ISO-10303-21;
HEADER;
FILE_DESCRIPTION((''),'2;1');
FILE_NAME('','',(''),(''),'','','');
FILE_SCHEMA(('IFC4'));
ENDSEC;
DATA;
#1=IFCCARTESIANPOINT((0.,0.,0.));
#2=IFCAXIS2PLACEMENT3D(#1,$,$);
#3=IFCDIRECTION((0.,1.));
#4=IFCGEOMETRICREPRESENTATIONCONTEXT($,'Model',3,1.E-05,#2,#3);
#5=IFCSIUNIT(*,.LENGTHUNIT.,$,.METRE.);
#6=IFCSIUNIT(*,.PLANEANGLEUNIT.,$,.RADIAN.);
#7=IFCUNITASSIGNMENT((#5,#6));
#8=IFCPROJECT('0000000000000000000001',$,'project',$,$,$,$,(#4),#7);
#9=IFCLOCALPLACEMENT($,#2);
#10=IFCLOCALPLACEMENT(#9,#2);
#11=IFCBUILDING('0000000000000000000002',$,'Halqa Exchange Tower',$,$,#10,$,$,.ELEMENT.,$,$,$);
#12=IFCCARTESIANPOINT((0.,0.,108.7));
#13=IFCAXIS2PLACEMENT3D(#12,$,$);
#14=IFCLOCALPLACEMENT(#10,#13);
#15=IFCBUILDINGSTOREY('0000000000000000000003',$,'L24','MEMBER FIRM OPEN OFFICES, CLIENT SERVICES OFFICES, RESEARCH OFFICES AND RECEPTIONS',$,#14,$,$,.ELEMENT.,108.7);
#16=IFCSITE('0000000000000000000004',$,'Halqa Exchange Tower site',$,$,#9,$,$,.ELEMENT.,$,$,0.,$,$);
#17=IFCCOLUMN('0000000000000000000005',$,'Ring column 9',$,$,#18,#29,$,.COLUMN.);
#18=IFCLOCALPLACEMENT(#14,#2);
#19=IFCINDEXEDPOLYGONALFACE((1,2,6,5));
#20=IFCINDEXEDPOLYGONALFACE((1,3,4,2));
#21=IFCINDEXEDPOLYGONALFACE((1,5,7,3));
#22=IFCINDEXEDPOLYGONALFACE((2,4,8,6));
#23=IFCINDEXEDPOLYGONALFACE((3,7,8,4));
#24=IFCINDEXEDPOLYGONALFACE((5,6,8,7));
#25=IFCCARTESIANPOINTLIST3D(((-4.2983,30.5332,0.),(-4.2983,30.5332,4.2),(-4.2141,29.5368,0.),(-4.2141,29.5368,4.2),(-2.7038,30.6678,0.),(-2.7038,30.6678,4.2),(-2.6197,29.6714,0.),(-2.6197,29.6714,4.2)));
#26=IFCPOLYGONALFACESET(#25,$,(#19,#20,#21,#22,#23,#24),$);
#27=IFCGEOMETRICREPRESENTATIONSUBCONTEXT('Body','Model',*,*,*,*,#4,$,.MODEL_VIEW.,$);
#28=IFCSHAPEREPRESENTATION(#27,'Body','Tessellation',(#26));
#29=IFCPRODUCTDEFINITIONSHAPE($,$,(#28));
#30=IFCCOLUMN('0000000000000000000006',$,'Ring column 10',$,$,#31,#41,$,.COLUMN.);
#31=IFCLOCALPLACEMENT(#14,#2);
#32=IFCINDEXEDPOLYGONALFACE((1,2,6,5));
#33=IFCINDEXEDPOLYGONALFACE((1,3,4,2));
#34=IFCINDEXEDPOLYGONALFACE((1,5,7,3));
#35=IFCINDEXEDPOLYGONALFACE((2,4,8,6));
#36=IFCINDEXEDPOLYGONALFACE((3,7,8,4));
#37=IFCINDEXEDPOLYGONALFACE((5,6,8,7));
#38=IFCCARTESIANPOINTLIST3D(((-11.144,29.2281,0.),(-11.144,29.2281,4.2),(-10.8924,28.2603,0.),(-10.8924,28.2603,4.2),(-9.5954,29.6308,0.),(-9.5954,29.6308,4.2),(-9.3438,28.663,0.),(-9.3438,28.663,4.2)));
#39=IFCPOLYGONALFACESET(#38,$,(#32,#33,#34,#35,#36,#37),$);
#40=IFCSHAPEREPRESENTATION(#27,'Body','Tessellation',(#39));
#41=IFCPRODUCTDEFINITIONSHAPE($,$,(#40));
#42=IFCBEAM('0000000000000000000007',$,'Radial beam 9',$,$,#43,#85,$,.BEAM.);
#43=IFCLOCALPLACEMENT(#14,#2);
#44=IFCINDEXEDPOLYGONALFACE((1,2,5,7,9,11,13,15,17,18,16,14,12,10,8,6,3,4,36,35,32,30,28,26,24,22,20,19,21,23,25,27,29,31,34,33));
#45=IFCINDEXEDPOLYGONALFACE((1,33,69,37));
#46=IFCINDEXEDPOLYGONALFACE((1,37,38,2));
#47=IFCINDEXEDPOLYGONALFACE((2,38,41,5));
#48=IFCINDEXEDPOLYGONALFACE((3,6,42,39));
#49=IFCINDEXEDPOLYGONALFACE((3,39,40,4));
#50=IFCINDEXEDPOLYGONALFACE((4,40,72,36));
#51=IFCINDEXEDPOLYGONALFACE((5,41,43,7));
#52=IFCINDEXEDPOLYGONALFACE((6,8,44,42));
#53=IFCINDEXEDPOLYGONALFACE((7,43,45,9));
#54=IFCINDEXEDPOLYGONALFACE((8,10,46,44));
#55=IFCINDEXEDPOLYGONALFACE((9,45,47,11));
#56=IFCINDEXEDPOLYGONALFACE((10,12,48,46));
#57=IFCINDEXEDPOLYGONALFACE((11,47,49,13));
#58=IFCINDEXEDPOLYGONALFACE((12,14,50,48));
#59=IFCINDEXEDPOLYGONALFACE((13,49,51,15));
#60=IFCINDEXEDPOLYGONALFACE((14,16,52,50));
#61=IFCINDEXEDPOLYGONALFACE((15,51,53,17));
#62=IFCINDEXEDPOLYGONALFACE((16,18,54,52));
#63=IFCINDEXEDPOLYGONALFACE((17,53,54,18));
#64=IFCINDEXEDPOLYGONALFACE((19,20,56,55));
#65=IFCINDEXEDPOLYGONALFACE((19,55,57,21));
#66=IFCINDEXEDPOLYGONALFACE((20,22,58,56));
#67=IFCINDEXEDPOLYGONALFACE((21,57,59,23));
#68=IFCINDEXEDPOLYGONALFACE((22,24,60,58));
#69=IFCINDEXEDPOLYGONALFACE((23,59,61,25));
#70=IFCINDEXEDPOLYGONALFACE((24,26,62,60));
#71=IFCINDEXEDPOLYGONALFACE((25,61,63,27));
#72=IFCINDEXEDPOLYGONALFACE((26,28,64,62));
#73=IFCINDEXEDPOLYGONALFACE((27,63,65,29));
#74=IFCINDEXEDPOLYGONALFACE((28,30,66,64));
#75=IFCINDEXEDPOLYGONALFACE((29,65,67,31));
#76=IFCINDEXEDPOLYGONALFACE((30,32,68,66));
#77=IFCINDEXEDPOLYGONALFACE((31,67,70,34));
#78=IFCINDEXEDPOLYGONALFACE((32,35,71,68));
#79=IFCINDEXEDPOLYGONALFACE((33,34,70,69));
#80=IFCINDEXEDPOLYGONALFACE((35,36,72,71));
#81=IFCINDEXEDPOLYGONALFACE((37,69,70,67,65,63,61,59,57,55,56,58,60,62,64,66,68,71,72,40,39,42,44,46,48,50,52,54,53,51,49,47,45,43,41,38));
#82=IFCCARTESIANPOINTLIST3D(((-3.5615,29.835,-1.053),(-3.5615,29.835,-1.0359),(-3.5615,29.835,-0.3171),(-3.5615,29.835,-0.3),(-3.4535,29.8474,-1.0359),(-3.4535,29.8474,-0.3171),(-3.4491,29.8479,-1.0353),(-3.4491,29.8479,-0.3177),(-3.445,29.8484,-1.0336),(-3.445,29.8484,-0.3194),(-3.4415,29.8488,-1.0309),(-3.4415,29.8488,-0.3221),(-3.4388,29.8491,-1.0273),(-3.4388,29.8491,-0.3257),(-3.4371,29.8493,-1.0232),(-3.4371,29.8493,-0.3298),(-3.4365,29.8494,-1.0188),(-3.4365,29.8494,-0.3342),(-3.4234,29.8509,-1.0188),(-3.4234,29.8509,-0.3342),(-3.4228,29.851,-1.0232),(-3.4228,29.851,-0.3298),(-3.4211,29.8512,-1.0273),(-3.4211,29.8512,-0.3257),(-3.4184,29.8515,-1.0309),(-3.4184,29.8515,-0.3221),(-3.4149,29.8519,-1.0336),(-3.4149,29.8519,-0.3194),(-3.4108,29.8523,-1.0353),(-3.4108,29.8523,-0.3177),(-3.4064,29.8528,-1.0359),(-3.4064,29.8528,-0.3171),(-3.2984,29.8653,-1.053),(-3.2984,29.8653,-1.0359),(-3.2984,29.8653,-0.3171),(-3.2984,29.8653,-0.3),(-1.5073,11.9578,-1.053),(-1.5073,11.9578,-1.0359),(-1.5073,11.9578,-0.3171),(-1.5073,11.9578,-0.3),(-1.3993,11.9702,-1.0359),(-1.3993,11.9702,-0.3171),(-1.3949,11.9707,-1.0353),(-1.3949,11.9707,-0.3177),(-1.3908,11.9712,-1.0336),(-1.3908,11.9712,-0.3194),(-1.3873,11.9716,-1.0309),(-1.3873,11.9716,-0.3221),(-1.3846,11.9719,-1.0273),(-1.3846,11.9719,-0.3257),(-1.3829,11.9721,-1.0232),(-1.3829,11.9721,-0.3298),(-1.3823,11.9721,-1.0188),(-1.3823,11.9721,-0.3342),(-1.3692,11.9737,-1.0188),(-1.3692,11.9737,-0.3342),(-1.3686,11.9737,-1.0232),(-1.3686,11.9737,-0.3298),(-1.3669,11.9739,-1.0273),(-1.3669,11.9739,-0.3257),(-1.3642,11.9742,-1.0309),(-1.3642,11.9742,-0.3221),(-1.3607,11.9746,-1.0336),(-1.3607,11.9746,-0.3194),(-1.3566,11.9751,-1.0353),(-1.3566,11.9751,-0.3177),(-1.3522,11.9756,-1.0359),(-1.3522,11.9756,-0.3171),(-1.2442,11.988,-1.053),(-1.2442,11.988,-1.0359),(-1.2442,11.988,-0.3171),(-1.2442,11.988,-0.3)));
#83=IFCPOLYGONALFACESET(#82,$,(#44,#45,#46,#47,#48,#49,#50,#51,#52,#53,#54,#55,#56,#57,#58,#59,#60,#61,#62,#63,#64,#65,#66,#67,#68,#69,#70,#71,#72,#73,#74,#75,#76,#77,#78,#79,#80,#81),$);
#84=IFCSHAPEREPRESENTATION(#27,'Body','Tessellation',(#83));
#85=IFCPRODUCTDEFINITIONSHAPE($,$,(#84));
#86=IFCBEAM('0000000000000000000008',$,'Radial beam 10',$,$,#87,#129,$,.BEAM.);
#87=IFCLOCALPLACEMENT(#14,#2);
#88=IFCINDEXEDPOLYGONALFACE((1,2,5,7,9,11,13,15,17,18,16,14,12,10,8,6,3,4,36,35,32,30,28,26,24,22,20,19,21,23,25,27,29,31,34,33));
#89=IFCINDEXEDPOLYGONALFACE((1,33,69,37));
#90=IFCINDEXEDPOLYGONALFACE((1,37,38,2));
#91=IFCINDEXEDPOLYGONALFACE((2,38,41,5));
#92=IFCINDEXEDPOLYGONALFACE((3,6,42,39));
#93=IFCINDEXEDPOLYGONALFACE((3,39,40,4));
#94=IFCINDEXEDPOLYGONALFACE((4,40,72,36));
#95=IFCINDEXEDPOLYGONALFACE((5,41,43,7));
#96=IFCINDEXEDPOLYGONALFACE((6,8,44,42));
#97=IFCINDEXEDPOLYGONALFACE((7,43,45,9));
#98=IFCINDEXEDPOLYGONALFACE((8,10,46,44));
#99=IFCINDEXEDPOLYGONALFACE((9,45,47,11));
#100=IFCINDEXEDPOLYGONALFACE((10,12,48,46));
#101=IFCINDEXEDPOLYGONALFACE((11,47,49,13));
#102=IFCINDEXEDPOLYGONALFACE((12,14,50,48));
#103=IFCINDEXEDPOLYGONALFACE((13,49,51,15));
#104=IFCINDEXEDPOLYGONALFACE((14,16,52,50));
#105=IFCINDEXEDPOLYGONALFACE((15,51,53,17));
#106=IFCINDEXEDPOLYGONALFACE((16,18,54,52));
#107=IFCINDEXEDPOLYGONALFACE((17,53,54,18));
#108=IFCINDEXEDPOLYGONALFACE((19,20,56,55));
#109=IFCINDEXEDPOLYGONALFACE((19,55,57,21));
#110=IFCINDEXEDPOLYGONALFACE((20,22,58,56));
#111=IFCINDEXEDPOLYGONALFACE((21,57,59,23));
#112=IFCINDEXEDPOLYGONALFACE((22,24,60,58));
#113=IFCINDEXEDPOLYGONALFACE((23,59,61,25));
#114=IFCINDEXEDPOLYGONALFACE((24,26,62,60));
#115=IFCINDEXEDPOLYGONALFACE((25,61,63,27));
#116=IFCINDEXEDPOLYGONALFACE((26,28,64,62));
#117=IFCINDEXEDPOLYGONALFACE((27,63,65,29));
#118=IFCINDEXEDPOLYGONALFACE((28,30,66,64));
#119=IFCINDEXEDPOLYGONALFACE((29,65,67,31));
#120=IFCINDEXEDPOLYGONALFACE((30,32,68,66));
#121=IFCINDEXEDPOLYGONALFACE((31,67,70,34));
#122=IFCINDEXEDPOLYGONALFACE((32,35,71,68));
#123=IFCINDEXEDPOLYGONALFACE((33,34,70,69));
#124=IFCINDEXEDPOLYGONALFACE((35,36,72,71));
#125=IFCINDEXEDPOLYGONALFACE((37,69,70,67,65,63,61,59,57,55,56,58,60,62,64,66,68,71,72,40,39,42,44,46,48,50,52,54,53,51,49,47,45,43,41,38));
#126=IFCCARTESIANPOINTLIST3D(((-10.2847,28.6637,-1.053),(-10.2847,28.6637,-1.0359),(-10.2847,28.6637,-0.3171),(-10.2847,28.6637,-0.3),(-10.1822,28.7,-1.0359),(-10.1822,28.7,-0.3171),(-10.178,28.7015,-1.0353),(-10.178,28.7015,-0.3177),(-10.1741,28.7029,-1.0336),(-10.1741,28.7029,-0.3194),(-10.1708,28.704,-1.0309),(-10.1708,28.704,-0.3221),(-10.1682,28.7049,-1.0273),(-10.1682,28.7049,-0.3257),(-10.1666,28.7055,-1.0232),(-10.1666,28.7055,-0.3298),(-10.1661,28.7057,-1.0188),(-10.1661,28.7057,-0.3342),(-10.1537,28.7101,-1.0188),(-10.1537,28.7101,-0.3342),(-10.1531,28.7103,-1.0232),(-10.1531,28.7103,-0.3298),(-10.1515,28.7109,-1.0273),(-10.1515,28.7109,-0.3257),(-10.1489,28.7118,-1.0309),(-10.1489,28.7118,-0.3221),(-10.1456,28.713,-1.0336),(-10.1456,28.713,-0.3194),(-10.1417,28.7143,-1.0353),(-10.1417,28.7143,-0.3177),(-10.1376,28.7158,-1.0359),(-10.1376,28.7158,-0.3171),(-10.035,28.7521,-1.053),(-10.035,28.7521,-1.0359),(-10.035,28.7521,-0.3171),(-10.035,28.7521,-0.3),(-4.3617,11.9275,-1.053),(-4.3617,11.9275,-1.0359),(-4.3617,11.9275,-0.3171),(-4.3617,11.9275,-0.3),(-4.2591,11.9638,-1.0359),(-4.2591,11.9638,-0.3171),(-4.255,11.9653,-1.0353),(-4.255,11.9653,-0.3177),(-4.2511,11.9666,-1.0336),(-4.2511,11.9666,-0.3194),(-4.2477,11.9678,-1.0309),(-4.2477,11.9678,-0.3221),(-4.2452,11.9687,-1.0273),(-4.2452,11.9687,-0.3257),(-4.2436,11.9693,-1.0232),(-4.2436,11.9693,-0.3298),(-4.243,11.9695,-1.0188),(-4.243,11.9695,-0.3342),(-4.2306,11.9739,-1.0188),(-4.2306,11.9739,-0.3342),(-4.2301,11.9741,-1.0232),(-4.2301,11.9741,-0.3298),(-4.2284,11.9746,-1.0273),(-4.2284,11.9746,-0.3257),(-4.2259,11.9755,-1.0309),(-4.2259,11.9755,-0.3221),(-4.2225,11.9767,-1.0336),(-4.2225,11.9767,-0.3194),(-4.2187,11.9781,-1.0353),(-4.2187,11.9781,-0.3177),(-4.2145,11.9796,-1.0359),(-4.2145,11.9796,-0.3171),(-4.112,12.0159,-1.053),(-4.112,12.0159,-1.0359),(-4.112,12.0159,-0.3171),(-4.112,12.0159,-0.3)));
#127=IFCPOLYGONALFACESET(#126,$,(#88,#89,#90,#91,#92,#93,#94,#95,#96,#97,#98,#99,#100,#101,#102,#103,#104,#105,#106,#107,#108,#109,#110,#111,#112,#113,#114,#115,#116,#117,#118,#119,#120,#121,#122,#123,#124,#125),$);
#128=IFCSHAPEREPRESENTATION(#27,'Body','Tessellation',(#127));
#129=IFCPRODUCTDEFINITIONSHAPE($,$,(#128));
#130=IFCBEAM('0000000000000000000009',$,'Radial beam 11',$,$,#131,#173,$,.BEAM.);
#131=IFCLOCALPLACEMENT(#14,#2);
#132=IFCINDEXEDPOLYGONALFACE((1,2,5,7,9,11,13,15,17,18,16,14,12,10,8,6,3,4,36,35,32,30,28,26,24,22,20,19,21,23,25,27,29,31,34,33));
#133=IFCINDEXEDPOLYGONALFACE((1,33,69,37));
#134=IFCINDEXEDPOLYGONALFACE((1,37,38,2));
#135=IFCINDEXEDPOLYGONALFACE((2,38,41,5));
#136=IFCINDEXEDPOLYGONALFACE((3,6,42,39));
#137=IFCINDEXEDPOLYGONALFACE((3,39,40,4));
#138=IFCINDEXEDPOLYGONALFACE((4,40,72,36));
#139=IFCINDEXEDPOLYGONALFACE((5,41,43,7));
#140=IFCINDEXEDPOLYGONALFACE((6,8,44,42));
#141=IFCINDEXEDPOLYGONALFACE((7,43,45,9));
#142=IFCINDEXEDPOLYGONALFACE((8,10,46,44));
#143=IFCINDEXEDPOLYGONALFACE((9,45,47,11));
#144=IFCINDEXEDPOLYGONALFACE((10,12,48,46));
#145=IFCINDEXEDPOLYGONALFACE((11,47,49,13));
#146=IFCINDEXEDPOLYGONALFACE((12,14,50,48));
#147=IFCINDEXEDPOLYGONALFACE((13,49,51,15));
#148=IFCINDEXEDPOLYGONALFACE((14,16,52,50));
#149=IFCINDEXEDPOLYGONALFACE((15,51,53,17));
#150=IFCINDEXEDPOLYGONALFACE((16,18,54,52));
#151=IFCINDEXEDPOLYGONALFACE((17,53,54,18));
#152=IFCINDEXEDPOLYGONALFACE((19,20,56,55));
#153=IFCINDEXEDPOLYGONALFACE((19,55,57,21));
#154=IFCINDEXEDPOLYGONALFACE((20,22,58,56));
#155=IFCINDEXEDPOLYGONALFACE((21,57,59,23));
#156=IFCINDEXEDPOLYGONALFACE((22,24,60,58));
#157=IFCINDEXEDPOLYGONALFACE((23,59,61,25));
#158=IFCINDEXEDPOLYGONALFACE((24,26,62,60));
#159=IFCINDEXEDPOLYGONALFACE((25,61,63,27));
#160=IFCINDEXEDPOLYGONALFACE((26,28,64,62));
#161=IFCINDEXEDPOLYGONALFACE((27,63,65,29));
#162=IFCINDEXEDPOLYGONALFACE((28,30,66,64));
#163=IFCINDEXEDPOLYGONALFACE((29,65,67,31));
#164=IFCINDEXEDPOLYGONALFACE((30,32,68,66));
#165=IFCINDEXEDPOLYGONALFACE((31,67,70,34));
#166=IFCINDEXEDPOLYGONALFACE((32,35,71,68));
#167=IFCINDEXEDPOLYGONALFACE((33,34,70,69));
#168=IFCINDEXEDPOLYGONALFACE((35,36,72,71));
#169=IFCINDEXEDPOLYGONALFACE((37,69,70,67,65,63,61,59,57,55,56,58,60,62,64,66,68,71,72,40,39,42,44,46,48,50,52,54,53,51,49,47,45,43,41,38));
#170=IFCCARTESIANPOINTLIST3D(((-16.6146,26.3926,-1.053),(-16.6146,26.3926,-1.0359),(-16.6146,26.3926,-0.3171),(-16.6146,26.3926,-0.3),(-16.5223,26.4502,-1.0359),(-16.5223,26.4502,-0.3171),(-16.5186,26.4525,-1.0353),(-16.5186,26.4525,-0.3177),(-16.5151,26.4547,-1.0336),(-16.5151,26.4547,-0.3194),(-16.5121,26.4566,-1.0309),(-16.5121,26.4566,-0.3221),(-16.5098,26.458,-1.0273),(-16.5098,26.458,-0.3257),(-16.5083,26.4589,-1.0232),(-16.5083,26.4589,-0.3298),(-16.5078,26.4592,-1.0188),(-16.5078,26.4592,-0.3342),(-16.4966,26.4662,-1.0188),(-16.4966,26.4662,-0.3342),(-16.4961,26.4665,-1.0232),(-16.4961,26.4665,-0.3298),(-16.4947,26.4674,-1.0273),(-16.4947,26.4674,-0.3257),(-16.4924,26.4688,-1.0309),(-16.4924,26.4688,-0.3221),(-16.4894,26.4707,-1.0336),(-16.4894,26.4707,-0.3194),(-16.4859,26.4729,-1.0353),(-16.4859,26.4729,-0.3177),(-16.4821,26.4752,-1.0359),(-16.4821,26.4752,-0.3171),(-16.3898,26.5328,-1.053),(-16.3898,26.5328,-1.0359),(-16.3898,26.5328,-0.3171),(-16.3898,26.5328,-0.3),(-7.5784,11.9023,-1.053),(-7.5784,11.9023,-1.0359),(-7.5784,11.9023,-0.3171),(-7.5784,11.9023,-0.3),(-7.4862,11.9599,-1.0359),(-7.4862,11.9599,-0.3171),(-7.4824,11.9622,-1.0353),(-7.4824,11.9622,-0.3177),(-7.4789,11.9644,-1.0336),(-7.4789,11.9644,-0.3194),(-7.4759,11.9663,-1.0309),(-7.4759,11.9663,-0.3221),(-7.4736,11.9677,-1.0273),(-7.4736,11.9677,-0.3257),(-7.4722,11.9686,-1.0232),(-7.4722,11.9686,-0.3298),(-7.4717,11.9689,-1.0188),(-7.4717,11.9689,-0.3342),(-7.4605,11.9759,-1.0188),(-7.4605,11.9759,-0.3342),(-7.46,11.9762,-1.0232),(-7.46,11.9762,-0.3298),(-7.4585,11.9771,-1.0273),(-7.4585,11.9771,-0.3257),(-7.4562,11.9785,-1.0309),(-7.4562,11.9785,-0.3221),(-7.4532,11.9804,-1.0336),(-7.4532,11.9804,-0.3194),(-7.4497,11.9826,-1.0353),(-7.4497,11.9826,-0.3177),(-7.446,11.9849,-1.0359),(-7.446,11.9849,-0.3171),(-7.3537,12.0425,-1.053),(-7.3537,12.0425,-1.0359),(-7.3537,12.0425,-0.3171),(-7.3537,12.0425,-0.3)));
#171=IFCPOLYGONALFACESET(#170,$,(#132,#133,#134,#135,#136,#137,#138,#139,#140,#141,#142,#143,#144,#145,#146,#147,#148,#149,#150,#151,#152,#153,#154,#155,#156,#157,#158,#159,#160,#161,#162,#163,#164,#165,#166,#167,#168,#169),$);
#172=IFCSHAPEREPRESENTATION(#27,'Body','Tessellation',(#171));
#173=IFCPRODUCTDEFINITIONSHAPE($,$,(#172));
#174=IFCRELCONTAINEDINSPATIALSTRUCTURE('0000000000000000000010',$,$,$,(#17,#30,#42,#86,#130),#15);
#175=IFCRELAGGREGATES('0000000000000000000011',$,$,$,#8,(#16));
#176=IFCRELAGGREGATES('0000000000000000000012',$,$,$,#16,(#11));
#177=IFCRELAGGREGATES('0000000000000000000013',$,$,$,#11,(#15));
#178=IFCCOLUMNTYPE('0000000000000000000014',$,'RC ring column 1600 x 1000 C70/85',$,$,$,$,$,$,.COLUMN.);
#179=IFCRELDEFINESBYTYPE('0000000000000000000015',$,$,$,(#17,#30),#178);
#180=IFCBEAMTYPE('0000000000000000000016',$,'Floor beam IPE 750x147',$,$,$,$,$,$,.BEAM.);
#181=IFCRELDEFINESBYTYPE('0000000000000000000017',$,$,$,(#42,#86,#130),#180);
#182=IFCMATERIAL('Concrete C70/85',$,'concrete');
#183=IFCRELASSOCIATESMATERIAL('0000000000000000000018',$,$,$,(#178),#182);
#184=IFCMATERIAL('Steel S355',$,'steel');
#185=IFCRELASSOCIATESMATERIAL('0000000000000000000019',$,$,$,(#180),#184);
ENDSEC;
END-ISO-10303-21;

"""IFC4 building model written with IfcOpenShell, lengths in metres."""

from ifc_helpers import new_model, si_unit, direction, frame, origin, origin_2d, place, context, subcontext, project, spatial, rectangle, i_section, extrude, material, material_profile, profile_set, type_object, element, save


model = new_model("IFC4")

# Units and contexts
model_context = context("Model", 3, precision=1e-05, world=origin(), true_north=direction((0.0, 1.0)))
body_context = subcontext(model_context, "Body", "Model", "MODEL_VIEW")
ifc_project = project(units=[si_unit("LENGTHUNIT", "METRE"), si_unit("PLANEANGLEUNIT", "RADIAN")], contexts=[model_context])

# Site, building, storey
site_placement = place(None, origin())
site = spatial("IfcSite", under=ifc_project, at=site_placement, Name="Halqa Exchange Tower site", CompositionType="ELEMENT", RefElevation=0.0)
building_placement = place(site_placement, origin())
building = spatial("IfcBuilding", under=site, at=building_placement, Name="Halqa Exchange Tower", CompositionType="ELEMENT")
storey_placement = place(building_placement, frame((0.0, 0.0, 108.7)))
storey = spatial("IfcBuildingStorey", under=building, at=storey_placement, Name="L24", Description="MEMBER FIRM OPEN OFFICES, CLIENT SERVICES OFFICES, RESEARCH OFFICES AND RECEPTIONS", CompositionType="ELEMENT", Elevation=108.7)

# Columns
ifc_material_1 = material(Name="Concrete C70/85", Category="concrete")
ifc_material_profile_1 = material_profile(ifc_material_1, rectangle(XDim=1.6001, YDim=1.0, at=origin_2d()), Name="1600 x 1000")
ifc_profile_set_1 = profile_set([ifc_material_profile_1], Name="Concrete C70/85")
column_type = type_object("IfcColumnType", Name="RC ring column 1600 x 1000 C70/85", PredefinedType="COLUMN", material=ifc_profile_set_1)
for number, where, z_axis, x_axis, name in (
    (1, (-3.459, 30.1023, 0.0), (0.0, 0.0, 1.0), (-0.996456, -0.08412, 0.0), "Ring column 9"),
    (2, (-10.2439, 28.9456, 0.0), (0.0, 0.0, 1.0), (-0.96782, -0.251644, 0.0), "Ring column 10"),
):
    element("IfcColumn", number, at=place(storey_placement, frame(where, z_axis=z_axis, x_axis=x_axis)), inside=storey, type_object=column_type, Name=name, PredefinedType="COLUMN", context=body_context, shape_type="SweptSolid", body=[
        extrude(rectangle(XDim=1.6001, YDim=1.0, at=origin_2d()), origin(), (0.0, 0.0, 1.0), 4.2),
    ])

# Beams
ifc_material_2 = material(Name="Steel S355", Category="steel")
ifc_material_profile_2 = material_profile(ifc_material_2, i_section(OverallWidth=0.2649, OverallDepth=0.7529, WebThickness=0.0132, FlangeThickness=0.0171, FilletRadius=0.0171, at=origin_2d()), Name="IPE 750x147")
ifc_profile_set_2 = profile_set([ifc_material_profile_2], Name="Steel S355")
beam_type_1 = type_object("IfcBeamType", Name="Floor beam IPE 750x147", PredefinedType="BEAM", material=ifc_profile_set_2)
beam_1_placement = place(storey_placement, frame((-1.3757, 11.9729, -0.6765), z_axis=(-0.114155, 0.993463, 0.0), x_axis=(-0.993463, -0.114155, 0.0)))
element("IfcBeam", 3, at=beam_1_placement, inside=storey, type_object=beam_type_1, Name="Radial beam 9", PredefinedType="BEAM", context=body_context, shape_type="SweptSolid", body=[
    extrude(i_section(OverallWidth=0.2649, OverallDepth=0.7529, WebThickness=0.0132, FlangeThickness=0.0171, FilletRadius=0.0171, at=origin_2d()), origin(), (0.0, 0.0, 1.0), 17.9949),
])
beam_2_placement = place(storey_placement, frame((-4.2368, 11.9717, -0.6765), z_axis=(-0.333629, 0.942704, 0.0), x_axis=(-0.942704, -0.333629, 0.0)))
element("IfcBeam", 4, at=beam_2_placement, inside=storey, type_object=beam_type_1, Name="Radial beam 10", PredefinedType="BEAM", context=body_context, shape_type="SweptSolid", body=[
    extrude(i_section(OverallWidth=0.2649, OverallDepth=0.7529, WebThickness=0.0132, FlangeThickness=0.0171, FilletRadius=0.0171, at=origin_2d()), origin(), (0.0, 0.0, 1.0), 17.7534),
])
beam_3_placement = place(storey_placement, frame((-7.4661, 11.9724, -0.6765), z_axis=(-0.529145, 0.848531, 0.0), x_axis=(-0.848531, -0.529145, 0.0)))
element("IfcBeam", 5, at=beam_3_placement, inside=storey, type_object=beam_type_1, Name="Radial beam 11", PredefinedType="BEAM", context=body_context, shape_type="SweptSolid", body=[
    extrude(i_section(OverallWidth=0.2649, OverallDepth=0.7529, WebThickness=0.0132, FlangeThickness=0.0171, FilletRadius=0.0171, at=origin_2d()), origin(), (0.0, 0.0, 1.0), 17.0769),
])

save(model, "model.ifc")
